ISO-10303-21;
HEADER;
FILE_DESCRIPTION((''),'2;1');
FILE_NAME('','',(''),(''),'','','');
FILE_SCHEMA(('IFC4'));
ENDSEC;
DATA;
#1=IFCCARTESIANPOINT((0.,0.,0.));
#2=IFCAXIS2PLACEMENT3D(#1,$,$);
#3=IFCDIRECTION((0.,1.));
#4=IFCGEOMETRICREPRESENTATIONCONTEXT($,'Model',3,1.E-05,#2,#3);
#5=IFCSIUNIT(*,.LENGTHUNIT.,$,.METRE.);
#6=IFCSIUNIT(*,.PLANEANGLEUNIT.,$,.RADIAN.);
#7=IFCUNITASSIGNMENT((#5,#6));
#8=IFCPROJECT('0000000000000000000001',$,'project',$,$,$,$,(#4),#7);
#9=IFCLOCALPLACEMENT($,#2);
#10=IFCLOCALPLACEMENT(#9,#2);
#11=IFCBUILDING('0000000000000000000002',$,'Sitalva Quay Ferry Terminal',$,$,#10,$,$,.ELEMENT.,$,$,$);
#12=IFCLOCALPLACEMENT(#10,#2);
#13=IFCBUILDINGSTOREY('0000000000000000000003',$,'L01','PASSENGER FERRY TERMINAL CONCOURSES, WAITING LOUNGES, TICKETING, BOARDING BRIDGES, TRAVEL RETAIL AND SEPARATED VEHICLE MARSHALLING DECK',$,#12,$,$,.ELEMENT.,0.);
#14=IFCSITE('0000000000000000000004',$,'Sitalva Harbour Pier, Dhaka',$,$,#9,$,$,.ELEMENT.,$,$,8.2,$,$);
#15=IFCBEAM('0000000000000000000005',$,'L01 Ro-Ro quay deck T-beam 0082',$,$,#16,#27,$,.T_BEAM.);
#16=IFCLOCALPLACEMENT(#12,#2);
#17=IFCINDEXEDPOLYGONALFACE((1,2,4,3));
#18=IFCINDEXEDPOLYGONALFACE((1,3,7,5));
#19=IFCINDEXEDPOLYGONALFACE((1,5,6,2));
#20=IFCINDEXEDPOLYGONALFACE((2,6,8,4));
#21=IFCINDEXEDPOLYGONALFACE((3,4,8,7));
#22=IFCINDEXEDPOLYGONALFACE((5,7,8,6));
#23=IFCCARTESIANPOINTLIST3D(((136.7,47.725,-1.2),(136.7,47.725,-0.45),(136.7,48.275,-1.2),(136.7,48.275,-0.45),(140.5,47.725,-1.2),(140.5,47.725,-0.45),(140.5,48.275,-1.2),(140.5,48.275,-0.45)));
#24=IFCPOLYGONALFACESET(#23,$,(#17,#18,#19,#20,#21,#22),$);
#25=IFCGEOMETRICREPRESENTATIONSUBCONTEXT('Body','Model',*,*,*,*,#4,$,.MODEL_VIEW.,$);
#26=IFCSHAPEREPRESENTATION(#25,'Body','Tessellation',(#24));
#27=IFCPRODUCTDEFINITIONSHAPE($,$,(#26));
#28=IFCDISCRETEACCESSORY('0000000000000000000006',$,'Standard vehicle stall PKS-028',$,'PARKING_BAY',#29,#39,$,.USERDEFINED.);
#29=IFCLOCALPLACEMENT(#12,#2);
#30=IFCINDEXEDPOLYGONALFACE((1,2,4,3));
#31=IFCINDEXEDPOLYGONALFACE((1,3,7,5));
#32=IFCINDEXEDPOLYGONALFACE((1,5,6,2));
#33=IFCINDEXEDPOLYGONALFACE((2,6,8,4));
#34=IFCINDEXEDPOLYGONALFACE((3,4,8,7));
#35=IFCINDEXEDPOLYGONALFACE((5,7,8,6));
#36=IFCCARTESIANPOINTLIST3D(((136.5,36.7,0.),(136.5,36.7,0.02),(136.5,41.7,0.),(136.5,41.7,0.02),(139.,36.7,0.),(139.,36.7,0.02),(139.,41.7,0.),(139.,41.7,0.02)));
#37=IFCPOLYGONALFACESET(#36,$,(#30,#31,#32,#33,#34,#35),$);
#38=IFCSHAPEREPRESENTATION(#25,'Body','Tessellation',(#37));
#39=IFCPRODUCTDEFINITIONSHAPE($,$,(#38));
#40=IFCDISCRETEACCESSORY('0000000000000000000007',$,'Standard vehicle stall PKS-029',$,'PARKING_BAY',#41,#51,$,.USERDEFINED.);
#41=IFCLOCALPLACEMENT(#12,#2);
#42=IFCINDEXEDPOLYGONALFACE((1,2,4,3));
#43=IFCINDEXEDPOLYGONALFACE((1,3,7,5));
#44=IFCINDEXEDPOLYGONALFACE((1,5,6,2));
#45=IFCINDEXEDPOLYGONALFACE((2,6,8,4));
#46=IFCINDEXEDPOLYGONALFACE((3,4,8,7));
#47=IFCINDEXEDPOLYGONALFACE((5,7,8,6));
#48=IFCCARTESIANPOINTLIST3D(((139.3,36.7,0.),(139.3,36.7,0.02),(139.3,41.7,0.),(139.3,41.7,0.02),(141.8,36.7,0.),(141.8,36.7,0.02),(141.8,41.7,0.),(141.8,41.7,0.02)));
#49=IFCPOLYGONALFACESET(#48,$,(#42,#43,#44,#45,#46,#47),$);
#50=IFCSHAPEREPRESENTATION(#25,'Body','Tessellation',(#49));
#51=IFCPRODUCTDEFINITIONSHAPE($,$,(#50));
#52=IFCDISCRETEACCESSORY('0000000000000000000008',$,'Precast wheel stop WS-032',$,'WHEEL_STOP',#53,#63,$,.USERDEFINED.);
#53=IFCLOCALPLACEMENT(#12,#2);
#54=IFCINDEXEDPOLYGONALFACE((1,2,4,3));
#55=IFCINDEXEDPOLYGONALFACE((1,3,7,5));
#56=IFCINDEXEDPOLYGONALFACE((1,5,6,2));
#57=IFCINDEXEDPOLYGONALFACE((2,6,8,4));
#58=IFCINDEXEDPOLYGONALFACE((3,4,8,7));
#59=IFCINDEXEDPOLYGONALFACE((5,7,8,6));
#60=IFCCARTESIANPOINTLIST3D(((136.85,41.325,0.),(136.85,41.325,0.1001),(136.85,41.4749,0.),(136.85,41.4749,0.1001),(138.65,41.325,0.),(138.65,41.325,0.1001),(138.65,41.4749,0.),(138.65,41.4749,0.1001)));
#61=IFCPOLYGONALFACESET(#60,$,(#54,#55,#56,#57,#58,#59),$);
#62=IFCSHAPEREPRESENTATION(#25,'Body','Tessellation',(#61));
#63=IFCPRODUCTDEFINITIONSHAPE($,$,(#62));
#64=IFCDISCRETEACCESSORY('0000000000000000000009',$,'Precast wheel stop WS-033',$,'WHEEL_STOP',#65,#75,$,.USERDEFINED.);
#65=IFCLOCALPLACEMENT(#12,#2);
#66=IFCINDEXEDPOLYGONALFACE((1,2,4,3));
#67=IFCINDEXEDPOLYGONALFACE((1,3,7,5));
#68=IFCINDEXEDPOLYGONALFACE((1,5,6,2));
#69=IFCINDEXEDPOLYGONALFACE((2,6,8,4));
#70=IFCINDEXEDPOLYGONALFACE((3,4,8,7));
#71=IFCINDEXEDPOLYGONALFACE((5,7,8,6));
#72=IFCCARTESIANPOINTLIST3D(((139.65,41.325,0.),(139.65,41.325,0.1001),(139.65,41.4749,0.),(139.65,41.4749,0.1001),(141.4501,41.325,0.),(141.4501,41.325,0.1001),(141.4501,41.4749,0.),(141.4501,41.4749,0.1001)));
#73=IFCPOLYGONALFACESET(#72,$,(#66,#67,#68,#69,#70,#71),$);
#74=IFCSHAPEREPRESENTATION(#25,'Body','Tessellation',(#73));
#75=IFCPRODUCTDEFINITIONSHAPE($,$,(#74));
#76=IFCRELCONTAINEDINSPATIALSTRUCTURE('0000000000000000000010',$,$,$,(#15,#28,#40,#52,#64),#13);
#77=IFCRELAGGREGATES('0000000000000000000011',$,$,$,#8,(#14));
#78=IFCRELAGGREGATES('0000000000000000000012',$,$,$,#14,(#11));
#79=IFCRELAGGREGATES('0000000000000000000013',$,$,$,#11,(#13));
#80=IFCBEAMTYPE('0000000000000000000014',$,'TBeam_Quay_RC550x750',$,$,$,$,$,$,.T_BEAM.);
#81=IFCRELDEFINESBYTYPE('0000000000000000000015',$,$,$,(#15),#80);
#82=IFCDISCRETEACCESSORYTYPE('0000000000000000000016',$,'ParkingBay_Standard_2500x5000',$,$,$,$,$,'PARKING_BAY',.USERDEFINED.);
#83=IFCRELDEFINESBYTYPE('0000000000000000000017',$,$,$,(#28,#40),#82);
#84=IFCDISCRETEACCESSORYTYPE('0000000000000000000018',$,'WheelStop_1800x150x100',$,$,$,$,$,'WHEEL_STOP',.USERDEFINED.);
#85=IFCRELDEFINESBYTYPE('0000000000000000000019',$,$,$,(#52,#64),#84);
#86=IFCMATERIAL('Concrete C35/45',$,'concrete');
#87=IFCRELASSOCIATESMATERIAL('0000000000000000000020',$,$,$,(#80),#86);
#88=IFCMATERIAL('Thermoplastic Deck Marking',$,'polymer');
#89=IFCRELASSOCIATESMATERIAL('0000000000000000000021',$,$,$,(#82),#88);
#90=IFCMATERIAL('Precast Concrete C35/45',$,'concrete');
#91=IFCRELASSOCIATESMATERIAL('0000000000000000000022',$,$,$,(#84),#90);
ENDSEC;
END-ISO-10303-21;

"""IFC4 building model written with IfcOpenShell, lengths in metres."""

from ifc_helpers import new_model, si_unit, direction, frame, origin, origin_2d, place, context, subcontext, project, spatial, rectangle, extrude, material, material_profile, profile_set, type_object, element, save


model = new_model("IFC4")

# Units and contexts
model_context = context("Model", 3, precision=1e-05, world=origin(), true_north=direction((0.0, 1.0)))
body_context = subcontext(model_context, "Body", "Model", "MODEL_VIEW")
ifc_project = project(units=[si_unit("LENGTHUNIT", "METRE"), si_unit("PLANEANGLEUNIT", "RADIAN")], contexts=[model_context])

# Site, building, storey
site_placement = place(None, origin())
site = spatial("IfcSite", under=ifc_project, at=site_placement, Name="Sitalva Harbour Pier, Dhaka", CompositionType="ELEMENT", RefElevation=8.2)
building_placement = place(site_placement, origin())
building = spatial("IfcBuilding", under=site, at=building_placement, Name="Sitalva Quay Ferry Terminal", CompositionType="ELEMENT")
storey_placement = place(building_placement, origin())
storey = spatial("IfcBuildingStorey", under=building, at=storey_placement, Name="L01", Description="PASSENGER FERRY TERMINAL CONCOURSES, WAITING LOUNGES, TICKETING, BOARDING BRIDGES, TRAVEL RETAIL AND SEPARATED VEHICLE MARSHALLING DECK", CompositionType="ELEMENT", Elevation=0.0)

# Beam
ifc_material_1 = material(Name="Concrete C35/45", Category="concrete")
ifc_material_profile_1 = material_profile(ifc_material_1, rectangle(XDim=0.55, YDim=0.75, at=origin_2d()), Name="RC550x750")
ifc_profile_set_1 = profile_set([ifc_material_profile_1], Name="Concrete C35/45")
beam_type_1 = type_object("IfcBeamType", Name="TBeam_Quay_RC550x750", PredefinedType="T_BEAM", material=ifc_profile_set_1)
beam_1_placement = place(storey_placement, frame((136.7, 48.0, -0.825), z_axis=(1.0, 0.0, 0.0), x_axis=(0.0, 1.0, 0.0)))
element("IfcBeam", 1, at=beam_1_placement, inside=storey, type_object=beam_type_1, Name="L01 Ro-Ro quay deck T-beam 0082", PredefinedType="T_BEAM", context=body_context, shape_type="SweptSolid", body=[
    extrude(rectangle(XDim=0.55, YDim=0.75, at=origin_2d()), origin(), (0.0, 0.0, 1.0), 3.8),
])

# Discrete accessories
ifc_material_2 = material(Name="Thermoplastic Deck Marking", Category="polymer")
discrete_accessory_type_1 = type_object("IfcDiscreteAccessoryType", Name="ParkingBay_Standard_2500x5000", ElementType="PARKING_BAY", PredefinedType="USERDEFINED", material=ifc_material_2)
for number, where, z_axis, x_axis, name in (
    (2, (137.75, 39.2, 0.0), (0.0, 0.0, 1.0), (1.0, 0.0, 0.0), "Standard vehicle stall PKS-028"),
    (3, (140.55, 39.2, 0.0), (0.0, 0.0, 1.0), (1.0, 0.0, 0.0), "Standard vehicle stall PKS-029"),
):
    element("IfcDiscreteAccessory", number, at=place(storey_placement, frame(where, z_axis=z_axis, x_axis=x_axis)), inside=storey, type_object=discrete_accessory_type_1, Name=name, ObjectType="PARKING_BAY", PredefinedType="USERDEFINED", context=body_context, shape_type="SweptSolid", body=[
        extrude(rectangle(XDim=2.5, YDim=5.0, at=origin_2d()), origin(), (0.0, 0.0, 1.0), 0.02),
    ])
ifc_material_3 = material(Name="Precast Concrete C35/45", Category="concrete")
discrete_accessory_type_2 = type_object("IfcDiscreteAccessoryType", Name="WheelStop_1800x150x100", ElementType="WHEEL_STOP", PredefinedType="USERDEFINED", material=ifc_material_3)
for number, where, z_axis, x_axis, name in (
    (4, (137.75, 41.3999, 0.0), (0.0, 0.0, 1.0), (1.0, 0.0, 0.0), "Precast wheel stop WS-032"),
    (5, (140.55, 41.3999, 0.0), (0.0, 0.0, 1.0), (1.0, 0.0, 0.0), "Precast wheel stop WS-033"),
):
    element("IfcDiscreteAccessory", number, at=place(storey_placement, frame(where, z_axis=z_axis, x_axis=x_axis)), inside=storey, type_object=discrete_accessory_type_2, Name=name, ObjectType="WHEEL_STOP", PredefinedType="USERDEFINED", context=body_context, shape_type="SweptSolid", body=[
        extrude(rectangle(XDim=1.8, YDim=0.1499, at=origin_2d()), origin(), (0.0, 0.0, 1.0), 0.1001),
    ])

save(model, "model.ifc")
